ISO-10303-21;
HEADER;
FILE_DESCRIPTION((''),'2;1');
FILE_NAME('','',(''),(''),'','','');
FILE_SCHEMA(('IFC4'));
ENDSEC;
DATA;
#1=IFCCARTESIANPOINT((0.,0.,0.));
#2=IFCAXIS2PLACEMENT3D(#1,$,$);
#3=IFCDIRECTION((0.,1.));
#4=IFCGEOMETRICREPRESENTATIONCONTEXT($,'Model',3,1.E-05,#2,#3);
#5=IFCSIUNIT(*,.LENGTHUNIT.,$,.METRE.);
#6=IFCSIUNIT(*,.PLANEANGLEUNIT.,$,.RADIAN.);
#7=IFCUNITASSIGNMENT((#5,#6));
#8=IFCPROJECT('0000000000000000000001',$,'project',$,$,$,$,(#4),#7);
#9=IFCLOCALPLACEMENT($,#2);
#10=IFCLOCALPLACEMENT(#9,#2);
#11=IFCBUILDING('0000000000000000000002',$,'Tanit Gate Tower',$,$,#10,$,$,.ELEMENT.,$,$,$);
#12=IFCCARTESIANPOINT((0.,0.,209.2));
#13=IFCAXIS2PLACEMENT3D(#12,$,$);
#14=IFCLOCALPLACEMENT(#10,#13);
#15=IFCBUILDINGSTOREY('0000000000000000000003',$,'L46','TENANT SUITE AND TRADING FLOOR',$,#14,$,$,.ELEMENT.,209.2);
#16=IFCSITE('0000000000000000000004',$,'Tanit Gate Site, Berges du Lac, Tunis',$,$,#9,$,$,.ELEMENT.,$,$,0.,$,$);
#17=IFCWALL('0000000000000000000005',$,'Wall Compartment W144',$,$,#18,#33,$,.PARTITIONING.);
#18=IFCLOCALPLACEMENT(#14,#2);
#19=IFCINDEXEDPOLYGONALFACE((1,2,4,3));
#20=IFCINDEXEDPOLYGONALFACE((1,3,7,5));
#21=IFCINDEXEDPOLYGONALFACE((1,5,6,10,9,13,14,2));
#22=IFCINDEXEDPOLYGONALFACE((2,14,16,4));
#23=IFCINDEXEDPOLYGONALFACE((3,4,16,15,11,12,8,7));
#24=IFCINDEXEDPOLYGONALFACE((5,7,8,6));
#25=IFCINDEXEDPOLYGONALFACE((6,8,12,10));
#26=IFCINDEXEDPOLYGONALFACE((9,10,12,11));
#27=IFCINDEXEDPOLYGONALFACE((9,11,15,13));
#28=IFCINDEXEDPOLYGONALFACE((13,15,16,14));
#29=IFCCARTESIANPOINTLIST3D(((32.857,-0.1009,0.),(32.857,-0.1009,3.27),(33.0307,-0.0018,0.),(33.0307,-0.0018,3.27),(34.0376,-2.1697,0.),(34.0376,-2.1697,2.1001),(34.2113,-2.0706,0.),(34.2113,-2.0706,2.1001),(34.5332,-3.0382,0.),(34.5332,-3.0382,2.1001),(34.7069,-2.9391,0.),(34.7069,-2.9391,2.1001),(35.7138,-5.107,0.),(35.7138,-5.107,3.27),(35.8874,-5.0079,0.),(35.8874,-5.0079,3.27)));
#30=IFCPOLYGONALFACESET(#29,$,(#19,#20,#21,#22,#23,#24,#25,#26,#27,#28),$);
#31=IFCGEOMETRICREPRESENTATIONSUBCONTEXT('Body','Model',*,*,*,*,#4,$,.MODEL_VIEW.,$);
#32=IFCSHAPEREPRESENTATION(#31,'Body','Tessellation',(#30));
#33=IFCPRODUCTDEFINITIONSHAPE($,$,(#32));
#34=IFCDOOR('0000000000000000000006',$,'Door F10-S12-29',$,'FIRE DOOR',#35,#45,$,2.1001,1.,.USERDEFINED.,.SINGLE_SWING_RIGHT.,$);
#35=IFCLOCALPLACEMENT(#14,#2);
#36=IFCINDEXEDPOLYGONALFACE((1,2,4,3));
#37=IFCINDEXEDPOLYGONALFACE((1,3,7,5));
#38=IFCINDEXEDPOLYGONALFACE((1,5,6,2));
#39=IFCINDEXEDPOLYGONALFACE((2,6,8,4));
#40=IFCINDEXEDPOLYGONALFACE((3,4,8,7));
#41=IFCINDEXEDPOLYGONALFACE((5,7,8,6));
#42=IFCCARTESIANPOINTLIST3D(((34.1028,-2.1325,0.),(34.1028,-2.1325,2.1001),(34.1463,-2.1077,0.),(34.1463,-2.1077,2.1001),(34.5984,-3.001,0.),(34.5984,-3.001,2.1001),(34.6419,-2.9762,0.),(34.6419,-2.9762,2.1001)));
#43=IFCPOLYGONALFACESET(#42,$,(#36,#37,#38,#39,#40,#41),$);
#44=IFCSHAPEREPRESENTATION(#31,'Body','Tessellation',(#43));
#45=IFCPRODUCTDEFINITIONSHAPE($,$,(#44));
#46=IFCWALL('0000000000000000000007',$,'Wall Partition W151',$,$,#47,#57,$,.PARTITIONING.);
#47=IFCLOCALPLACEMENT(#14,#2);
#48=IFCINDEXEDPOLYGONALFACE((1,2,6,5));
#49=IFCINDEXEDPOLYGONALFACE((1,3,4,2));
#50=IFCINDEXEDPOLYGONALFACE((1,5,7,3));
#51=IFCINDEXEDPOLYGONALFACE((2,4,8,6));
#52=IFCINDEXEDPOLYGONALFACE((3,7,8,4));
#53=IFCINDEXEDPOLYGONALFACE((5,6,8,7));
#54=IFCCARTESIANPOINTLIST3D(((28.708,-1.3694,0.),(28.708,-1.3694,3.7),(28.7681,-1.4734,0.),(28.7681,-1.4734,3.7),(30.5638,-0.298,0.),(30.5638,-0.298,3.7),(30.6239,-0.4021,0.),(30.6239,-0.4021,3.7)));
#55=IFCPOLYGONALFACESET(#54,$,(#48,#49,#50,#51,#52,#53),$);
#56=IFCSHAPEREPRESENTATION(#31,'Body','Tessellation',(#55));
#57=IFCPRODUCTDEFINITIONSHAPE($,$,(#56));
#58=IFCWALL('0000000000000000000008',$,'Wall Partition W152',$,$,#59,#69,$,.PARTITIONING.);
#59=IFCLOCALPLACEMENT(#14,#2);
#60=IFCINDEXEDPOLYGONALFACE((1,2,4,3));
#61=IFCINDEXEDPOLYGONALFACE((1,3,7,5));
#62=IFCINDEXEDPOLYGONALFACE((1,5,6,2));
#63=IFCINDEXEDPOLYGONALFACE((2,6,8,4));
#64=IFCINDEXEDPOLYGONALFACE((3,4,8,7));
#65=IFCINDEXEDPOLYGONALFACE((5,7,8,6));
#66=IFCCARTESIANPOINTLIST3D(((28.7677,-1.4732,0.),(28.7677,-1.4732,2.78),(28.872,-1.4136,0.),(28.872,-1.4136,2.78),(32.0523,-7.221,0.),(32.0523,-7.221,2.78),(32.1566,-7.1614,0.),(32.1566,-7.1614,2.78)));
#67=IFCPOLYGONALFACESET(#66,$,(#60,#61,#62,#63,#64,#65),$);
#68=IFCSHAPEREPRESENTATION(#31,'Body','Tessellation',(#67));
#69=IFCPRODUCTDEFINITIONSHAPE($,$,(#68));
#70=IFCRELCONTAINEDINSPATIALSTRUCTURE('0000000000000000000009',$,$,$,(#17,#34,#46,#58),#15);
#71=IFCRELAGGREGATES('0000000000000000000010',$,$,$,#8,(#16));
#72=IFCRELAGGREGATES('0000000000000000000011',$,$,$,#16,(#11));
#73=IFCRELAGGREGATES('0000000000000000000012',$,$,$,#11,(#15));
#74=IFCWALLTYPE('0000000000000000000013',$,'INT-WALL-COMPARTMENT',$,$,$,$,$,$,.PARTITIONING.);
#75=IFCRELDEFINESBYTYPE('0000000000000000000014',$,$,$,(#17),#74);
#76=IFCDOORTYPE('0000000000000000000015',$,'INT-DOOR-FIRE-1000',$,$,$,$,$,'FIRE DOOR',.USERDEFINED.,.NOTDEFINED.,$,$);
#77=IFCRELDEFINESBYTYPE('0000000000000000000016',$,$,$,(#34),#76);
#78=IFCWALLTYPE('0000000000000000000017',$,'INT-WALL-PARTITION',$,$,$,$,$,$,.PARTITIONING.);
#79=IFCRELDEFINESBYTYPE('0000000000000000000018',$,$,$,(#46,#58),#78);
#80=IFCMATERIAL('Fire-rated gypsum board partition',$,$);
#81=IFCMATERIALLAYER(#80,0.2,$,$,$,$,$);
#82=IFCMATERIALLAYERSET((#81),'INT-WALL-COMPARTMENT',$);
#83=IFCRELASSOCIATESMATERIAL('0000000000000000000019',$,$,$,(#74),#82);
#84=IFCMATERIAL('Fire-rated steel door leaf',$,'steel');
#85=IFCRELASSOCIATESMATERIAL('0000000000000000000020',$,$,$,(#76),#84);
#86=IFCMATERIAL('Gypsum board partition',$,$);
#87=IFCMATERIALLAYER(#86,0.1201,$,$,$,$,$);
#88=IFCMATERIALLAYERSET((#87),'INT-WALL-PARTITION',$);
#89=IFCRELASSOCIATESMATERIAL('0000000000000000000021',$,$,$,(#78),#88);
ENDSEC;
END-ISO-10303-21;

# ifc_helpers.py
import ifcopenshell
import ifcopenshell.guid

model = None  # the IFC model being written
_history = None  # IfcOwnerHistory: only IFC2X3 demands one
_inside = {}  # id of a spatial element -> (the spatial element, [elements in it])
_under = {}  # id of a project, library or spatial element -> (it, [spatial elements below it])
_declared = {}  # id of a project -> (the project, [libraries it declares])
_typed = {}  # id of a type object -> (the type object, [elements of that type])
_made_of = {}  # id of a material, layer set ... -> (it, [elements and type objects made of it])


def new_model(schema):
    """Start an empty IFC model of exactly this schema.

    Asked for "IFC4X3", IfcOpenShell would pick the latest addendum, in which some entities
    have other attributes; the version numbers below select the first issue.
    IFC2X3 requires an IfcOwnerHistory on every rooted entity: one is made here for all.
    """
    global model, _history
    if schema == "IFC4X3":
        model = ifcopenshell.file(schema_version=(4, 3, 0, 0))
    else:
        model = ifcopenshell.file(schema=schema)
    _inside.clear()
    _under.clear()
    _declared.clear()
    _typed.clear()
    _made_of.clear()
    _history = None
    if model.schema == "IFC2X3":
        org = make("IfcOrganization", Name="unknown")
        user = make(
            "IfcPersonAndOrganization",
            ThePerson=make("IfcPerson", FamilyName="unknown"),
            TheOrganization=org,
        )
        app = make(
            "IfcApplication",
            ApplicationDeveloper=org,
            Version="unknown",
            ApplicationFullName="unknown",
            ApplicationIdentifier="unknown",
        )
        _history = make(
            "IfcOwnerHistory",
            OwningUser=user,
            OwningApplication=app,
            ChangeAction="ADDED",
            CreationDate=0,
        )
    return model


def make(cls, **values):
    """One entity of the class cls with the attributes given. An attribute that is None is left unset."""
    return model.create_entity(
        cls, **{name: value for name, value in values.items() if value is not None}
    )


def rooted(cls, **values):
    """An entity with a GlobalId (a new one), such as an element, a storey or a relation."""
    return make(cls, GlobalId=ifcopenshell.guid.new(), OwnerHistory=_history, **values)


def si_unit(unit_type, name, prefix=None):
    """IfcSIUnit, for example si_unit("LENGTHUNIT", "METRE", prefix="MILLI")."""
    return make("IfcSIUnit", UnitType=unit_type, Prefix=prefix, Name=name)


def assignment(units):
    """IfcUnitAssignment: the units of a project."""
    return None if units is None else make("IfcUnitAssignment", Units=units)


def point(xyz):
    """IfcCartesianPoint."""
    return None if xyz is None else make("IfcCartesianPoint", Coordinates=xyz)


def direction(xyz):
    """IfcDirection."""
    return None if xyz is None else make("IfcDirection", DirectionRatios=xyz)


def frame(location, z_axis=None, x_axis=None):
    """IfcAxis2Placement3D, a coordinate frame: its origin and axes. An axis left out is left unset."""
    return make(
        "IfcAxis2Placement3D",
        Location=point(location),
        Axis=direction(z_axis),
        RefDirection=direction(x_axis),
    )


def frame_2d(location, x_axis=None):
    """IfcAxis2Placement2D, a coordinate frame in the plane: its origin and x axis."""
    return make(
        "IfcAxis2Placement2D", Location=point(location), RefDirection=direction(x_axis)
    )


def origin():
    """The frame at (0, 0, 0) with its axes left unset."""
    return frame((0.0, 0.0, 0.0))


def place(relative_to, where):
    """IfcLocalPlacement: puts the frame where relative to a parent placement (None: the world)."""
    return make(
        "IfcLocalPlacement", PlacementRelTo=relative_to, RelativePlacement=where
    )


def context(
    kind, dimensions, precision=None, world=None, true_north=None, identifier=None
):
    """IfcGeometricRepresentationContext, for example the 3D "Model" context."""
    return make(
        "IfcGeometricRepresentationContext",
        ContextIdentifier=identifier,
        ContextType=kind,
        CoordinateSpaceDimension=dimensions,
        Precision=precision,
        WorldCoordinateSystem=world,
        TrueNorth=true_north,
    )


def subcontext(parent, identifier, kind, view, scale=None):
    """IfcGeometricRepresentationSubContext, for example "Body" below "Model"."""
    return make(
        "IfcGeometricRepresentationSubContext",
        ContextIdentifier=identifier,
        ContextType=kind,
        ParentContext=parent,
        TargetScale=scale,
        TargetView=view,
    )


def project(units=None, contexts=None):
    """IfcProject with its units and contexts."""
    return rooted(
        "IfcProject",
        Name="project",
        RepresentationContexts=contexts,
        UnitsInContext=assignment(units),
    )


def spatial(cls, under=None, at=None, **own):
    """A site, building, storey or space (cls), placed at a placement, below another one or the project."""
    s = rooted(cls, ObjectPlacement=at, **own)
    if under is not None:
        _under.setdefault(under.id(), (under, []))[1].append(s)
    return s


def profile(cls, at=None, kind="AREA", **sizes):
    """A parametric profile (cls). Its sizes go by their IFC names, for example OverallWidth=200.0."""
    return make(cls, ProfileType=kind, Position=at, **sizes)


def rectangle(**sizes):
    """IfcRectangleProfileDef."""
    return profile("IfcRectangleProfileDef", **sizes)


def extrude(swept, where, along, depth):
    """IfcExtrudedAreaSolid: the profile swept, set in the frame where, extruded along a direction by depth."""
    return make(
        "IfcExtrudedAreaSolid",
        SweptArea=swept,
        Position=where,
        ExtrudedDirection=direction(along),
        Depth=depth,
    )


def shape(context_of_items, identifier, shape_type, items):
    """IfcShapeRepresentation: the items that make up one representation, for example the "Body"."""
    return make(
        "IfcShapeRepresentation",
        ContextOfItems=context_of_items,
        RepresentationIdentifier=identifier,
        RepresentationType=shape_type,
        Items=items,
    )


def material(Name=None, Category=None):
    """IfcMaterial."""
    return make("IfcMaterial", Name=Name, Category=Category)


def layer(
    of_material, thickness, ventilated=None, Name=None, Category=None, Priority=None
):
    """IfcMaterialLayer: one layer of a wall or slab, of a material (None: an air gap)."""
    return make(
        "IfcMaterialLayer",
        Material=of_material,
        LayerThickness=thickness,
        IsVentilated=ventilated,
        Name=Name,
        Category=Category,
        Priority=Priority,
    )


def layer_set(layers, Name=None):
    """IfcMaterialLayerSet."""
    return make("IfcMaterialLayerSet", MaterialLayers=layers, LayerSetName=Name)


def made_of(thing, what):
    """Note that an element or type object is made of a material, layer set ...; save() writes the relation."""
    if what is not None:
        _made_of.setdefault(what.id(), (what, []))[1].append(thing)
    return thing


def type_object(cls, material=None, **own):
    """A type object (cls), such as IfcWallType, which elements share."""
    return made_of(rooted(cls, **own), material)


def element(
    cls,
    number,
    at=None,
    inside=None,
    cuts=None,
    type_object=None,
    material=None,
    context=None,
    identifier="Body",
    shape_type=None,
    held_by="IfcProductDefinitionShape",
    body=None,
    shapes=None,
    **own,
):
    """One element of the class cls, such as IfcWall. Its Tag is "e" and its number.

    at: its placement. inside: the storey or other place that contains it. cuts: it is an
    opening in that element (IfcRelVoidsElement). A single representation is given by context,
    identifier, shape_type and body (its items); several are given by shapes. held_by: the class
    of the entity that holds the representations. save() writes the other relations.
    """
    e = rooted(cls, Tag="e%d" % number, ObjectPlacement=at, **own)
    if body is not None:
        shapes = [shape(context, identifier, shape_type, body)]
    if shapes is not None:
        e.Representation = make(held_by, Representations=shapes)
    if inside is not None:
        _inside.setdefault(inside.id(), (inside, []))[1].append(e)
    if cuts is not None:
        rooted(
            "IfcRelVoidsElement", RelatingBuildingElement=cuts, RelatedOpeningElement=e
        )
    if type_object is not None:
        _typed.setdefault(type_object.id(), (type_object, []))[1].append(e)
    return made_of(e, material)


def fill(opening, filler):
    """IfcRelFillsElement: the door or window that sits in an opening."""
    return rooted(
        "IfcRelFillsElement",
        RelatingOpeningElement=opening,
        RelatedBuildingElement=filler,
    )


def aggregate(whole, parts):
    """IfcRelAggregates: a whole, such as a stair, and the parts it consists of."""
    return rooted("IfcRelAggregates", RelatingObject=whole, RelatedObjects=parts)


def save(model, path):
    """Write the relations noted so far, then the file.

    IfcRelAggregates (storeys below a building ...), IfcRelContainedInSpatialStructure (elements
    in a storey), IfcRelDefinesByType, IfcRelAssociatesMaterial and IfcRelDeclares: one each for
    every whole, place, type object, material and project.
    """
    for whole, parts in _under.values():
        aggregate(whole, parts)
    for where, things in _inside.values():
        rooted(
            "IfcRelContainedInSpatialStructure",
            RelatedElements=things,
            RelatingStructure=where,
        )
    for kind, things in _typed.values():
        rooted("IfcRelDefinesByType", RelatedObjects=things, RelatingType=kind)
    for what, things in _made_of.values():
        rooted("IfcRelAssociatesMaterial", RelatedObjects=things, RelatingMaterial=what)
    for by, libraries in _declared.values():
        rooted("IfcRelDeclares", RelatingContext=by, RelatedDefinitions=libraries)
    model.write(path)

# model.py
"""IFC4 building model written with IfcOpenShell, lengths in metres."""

from ifc_helpers import new_model, si_unit, direction, frame, frame_2d, origin, place, context, subcontext, project, spatial, rectangle, extrude, material, layer, layer_set, type_object, element, fill, save


model = new_model("IFC4")

# Units and contexts
model_context = context("Model", 3, precision=1e-05, world=origin(), true_north=direction((0.0, 1.0)))
body_context = subcontext(model_context, "Body", "Model", "MODEL_VIEW")
ifc_project = project(units=[si_unit("LENGTHUNIT", "METRE"), si_unit("PLANEANGLEUNIT", "RADIAN")], contexts=[model_context])

# Site, building, storey
site_placement = place(None, origin())
site = spatial("IfcSite", under=ifc_project, at=site_placement, Name="Tanit Gate Site, Berges du Lac, Tunis", CompositionType="ELEMENT", RefElevation=0.0)
building_placement = place(site_placement, origin())
building = spatial("IfcBuilding", under=site, at=building_placement, Name="Tanit Gate Tower", CompositionType="ELEMENT")
storey_placement = place(building_placement, frame((0.0, 0.0, 209.2)))
storey = spatial("IfcBuildingStorey", under=building, at=storey_placement, Name="L46", Description="TENANT SUITE AND TRADING FLOOR", CompositionType="ELEMENT", Elevation=209.2)

# Shared definitions
ifc_material_1 = material(Name="Fire-rated gypsum board partition")
ifc_layer_1 = layer(ifc_material_1, 0.2)
ifc_layer_set_1 = layer_set([ifc_layer_1], Name="INT-WALL-COMPARTMENT")
wall_type_1 = type_object("IfcWallType", Name="INT-WALL-COMPARTMENT", PredefinedType="PARTITIONING", material=ifc_layer_set_1)

# Wall, opening, door
wall_1_placement = place(storey_placement, frame((35.8005, -5.0574, 0.0), z_axis=(0.0, 0.0, 1.0), x_axis=(-0.495623, 0.868538, 0.0)))
wall_1 = element("IfcWall", 1, at=wall_1_placement, inside=storey, type_object=wall_type_1, Name="Wall Compartment W144", PredefinedType="PARTITIONING", context=body_context, shape_type="SweptSolid", body=[
    extrude(rectangle(XDim=5.7639, YDim=0.2, at=frame_2d((2.8818, 0.0))), origin(), (0.0, 0.0, 1.0), 3.27),
])
opening_placement = place(wall_1_placement, frame((2.3818, 0.0, 0.0)))
opening = element("IfcOpeningElement", 2, at=opening_placement, cuts=wall_1, PredefinedType="OPENING", context=body_context, shape_type="SweptSolid", body=[
    extrude(rectangle(XDim=1.0, YDim=2.1001, at=frame_2d((0.5, 1.05))), frame((0.0, 0.1099, 0.0), z_axis=(0.0, -1.0, 0.0), x_axis=(1.0, 0.0, 0.0)), (0.0, 0.0, 1.0), 0.22),
])
ifc_material_2 = material(Name="Fire-rated steel door leaf", Category="steel")
door_type = type_object("IfcDoorType", Name="INT-DOOR-FIRE-1000", ElementType="FIRE DOOR", OperationType="NOTDEFINED", PredefinedType="USERDEFINED", material=ifc_material_2)
door_placement = place(opening_placement, origin())
door = element("IfcDoor", 3, at=door_placement, inside=storey, type_object=door_type, Name="Door F10-S12-29", ObjectType="FIRE DOOR", OperationType="SINGLE_SWING_RIGHT", OverallHeight=2.1001, OverallWidth=1.0, PredefinedType="USERDEFINED", context=body_context, shape_type="SweptSolid", body=[
    extrude(rectangle(XDim=1.0, YDim=2.1001, at=frame_2d((0.5, 1.05))), frame((0.0, 0.0249, 0.0), z_axis=(0.0, -1.0, 0.0), x_axis=(1.0, 0.0, 0.0)), (0.0, 0.0, 1.0), 0.05),
])
fill(opening, door)

# Walls
ifc_material_3 = material(Name="Gypsum board partition")
ifc_layer_2 = layer(ifc_material_3, 0.1201)
ifc_layer_set_2 = layer_set([ifc_layer_2], Name="INT-WALL-PARTITION")
wall_type_2 = type_object("IfcWallType", Name="INT-WALL-PARTITION", PredefinedType="PARTITIONING", material=ifc_layer_set_2)
wall_2_placement = place(storey_placement, frame((30.5938, -0.3501, 0.0), z_axis=(0.0, 0.0, 1.0), x_axis=(-0.866047, -0.499962, 0.0)))
element("IfcWall", 4, at=wall_2_placement, inside=storey, type_object=wall_type_2, Name="Wall Partition W151", PredefinedType="PARTITIONING", context=body_context, shape_type="SweptSolid", body=[
    extrude(rectangle(XDim=2.1428, YDim=0.1201, at=frame_2d((1.0713, 0.0))), origin(), (0.0, 0.0, 1.0), 3.7),
])
wall_3_placement = place(storey_placement, frame((32.1045, -7.1912, 0.0), z_axis=(0.0, 0.0, 1.0), x_axis=(-0.496163, 0.86823, 0.0)))
element("IfcWall", 5, at=wall_3_placement, inside=storey, type_object=wall_type_2, Name="Wall Partition W152", PredefinedType="PARTITIONING", context=body_context, shape_type="SweptSolid", body=[
    extrude(rectangle(XDim=6.6201, YDim=0.1201, at=frame_2d((3.3101, 0.0))), origin(), (0.0, 0.0, 1.0), 2.78),
])

save(model, "model.ifc")
